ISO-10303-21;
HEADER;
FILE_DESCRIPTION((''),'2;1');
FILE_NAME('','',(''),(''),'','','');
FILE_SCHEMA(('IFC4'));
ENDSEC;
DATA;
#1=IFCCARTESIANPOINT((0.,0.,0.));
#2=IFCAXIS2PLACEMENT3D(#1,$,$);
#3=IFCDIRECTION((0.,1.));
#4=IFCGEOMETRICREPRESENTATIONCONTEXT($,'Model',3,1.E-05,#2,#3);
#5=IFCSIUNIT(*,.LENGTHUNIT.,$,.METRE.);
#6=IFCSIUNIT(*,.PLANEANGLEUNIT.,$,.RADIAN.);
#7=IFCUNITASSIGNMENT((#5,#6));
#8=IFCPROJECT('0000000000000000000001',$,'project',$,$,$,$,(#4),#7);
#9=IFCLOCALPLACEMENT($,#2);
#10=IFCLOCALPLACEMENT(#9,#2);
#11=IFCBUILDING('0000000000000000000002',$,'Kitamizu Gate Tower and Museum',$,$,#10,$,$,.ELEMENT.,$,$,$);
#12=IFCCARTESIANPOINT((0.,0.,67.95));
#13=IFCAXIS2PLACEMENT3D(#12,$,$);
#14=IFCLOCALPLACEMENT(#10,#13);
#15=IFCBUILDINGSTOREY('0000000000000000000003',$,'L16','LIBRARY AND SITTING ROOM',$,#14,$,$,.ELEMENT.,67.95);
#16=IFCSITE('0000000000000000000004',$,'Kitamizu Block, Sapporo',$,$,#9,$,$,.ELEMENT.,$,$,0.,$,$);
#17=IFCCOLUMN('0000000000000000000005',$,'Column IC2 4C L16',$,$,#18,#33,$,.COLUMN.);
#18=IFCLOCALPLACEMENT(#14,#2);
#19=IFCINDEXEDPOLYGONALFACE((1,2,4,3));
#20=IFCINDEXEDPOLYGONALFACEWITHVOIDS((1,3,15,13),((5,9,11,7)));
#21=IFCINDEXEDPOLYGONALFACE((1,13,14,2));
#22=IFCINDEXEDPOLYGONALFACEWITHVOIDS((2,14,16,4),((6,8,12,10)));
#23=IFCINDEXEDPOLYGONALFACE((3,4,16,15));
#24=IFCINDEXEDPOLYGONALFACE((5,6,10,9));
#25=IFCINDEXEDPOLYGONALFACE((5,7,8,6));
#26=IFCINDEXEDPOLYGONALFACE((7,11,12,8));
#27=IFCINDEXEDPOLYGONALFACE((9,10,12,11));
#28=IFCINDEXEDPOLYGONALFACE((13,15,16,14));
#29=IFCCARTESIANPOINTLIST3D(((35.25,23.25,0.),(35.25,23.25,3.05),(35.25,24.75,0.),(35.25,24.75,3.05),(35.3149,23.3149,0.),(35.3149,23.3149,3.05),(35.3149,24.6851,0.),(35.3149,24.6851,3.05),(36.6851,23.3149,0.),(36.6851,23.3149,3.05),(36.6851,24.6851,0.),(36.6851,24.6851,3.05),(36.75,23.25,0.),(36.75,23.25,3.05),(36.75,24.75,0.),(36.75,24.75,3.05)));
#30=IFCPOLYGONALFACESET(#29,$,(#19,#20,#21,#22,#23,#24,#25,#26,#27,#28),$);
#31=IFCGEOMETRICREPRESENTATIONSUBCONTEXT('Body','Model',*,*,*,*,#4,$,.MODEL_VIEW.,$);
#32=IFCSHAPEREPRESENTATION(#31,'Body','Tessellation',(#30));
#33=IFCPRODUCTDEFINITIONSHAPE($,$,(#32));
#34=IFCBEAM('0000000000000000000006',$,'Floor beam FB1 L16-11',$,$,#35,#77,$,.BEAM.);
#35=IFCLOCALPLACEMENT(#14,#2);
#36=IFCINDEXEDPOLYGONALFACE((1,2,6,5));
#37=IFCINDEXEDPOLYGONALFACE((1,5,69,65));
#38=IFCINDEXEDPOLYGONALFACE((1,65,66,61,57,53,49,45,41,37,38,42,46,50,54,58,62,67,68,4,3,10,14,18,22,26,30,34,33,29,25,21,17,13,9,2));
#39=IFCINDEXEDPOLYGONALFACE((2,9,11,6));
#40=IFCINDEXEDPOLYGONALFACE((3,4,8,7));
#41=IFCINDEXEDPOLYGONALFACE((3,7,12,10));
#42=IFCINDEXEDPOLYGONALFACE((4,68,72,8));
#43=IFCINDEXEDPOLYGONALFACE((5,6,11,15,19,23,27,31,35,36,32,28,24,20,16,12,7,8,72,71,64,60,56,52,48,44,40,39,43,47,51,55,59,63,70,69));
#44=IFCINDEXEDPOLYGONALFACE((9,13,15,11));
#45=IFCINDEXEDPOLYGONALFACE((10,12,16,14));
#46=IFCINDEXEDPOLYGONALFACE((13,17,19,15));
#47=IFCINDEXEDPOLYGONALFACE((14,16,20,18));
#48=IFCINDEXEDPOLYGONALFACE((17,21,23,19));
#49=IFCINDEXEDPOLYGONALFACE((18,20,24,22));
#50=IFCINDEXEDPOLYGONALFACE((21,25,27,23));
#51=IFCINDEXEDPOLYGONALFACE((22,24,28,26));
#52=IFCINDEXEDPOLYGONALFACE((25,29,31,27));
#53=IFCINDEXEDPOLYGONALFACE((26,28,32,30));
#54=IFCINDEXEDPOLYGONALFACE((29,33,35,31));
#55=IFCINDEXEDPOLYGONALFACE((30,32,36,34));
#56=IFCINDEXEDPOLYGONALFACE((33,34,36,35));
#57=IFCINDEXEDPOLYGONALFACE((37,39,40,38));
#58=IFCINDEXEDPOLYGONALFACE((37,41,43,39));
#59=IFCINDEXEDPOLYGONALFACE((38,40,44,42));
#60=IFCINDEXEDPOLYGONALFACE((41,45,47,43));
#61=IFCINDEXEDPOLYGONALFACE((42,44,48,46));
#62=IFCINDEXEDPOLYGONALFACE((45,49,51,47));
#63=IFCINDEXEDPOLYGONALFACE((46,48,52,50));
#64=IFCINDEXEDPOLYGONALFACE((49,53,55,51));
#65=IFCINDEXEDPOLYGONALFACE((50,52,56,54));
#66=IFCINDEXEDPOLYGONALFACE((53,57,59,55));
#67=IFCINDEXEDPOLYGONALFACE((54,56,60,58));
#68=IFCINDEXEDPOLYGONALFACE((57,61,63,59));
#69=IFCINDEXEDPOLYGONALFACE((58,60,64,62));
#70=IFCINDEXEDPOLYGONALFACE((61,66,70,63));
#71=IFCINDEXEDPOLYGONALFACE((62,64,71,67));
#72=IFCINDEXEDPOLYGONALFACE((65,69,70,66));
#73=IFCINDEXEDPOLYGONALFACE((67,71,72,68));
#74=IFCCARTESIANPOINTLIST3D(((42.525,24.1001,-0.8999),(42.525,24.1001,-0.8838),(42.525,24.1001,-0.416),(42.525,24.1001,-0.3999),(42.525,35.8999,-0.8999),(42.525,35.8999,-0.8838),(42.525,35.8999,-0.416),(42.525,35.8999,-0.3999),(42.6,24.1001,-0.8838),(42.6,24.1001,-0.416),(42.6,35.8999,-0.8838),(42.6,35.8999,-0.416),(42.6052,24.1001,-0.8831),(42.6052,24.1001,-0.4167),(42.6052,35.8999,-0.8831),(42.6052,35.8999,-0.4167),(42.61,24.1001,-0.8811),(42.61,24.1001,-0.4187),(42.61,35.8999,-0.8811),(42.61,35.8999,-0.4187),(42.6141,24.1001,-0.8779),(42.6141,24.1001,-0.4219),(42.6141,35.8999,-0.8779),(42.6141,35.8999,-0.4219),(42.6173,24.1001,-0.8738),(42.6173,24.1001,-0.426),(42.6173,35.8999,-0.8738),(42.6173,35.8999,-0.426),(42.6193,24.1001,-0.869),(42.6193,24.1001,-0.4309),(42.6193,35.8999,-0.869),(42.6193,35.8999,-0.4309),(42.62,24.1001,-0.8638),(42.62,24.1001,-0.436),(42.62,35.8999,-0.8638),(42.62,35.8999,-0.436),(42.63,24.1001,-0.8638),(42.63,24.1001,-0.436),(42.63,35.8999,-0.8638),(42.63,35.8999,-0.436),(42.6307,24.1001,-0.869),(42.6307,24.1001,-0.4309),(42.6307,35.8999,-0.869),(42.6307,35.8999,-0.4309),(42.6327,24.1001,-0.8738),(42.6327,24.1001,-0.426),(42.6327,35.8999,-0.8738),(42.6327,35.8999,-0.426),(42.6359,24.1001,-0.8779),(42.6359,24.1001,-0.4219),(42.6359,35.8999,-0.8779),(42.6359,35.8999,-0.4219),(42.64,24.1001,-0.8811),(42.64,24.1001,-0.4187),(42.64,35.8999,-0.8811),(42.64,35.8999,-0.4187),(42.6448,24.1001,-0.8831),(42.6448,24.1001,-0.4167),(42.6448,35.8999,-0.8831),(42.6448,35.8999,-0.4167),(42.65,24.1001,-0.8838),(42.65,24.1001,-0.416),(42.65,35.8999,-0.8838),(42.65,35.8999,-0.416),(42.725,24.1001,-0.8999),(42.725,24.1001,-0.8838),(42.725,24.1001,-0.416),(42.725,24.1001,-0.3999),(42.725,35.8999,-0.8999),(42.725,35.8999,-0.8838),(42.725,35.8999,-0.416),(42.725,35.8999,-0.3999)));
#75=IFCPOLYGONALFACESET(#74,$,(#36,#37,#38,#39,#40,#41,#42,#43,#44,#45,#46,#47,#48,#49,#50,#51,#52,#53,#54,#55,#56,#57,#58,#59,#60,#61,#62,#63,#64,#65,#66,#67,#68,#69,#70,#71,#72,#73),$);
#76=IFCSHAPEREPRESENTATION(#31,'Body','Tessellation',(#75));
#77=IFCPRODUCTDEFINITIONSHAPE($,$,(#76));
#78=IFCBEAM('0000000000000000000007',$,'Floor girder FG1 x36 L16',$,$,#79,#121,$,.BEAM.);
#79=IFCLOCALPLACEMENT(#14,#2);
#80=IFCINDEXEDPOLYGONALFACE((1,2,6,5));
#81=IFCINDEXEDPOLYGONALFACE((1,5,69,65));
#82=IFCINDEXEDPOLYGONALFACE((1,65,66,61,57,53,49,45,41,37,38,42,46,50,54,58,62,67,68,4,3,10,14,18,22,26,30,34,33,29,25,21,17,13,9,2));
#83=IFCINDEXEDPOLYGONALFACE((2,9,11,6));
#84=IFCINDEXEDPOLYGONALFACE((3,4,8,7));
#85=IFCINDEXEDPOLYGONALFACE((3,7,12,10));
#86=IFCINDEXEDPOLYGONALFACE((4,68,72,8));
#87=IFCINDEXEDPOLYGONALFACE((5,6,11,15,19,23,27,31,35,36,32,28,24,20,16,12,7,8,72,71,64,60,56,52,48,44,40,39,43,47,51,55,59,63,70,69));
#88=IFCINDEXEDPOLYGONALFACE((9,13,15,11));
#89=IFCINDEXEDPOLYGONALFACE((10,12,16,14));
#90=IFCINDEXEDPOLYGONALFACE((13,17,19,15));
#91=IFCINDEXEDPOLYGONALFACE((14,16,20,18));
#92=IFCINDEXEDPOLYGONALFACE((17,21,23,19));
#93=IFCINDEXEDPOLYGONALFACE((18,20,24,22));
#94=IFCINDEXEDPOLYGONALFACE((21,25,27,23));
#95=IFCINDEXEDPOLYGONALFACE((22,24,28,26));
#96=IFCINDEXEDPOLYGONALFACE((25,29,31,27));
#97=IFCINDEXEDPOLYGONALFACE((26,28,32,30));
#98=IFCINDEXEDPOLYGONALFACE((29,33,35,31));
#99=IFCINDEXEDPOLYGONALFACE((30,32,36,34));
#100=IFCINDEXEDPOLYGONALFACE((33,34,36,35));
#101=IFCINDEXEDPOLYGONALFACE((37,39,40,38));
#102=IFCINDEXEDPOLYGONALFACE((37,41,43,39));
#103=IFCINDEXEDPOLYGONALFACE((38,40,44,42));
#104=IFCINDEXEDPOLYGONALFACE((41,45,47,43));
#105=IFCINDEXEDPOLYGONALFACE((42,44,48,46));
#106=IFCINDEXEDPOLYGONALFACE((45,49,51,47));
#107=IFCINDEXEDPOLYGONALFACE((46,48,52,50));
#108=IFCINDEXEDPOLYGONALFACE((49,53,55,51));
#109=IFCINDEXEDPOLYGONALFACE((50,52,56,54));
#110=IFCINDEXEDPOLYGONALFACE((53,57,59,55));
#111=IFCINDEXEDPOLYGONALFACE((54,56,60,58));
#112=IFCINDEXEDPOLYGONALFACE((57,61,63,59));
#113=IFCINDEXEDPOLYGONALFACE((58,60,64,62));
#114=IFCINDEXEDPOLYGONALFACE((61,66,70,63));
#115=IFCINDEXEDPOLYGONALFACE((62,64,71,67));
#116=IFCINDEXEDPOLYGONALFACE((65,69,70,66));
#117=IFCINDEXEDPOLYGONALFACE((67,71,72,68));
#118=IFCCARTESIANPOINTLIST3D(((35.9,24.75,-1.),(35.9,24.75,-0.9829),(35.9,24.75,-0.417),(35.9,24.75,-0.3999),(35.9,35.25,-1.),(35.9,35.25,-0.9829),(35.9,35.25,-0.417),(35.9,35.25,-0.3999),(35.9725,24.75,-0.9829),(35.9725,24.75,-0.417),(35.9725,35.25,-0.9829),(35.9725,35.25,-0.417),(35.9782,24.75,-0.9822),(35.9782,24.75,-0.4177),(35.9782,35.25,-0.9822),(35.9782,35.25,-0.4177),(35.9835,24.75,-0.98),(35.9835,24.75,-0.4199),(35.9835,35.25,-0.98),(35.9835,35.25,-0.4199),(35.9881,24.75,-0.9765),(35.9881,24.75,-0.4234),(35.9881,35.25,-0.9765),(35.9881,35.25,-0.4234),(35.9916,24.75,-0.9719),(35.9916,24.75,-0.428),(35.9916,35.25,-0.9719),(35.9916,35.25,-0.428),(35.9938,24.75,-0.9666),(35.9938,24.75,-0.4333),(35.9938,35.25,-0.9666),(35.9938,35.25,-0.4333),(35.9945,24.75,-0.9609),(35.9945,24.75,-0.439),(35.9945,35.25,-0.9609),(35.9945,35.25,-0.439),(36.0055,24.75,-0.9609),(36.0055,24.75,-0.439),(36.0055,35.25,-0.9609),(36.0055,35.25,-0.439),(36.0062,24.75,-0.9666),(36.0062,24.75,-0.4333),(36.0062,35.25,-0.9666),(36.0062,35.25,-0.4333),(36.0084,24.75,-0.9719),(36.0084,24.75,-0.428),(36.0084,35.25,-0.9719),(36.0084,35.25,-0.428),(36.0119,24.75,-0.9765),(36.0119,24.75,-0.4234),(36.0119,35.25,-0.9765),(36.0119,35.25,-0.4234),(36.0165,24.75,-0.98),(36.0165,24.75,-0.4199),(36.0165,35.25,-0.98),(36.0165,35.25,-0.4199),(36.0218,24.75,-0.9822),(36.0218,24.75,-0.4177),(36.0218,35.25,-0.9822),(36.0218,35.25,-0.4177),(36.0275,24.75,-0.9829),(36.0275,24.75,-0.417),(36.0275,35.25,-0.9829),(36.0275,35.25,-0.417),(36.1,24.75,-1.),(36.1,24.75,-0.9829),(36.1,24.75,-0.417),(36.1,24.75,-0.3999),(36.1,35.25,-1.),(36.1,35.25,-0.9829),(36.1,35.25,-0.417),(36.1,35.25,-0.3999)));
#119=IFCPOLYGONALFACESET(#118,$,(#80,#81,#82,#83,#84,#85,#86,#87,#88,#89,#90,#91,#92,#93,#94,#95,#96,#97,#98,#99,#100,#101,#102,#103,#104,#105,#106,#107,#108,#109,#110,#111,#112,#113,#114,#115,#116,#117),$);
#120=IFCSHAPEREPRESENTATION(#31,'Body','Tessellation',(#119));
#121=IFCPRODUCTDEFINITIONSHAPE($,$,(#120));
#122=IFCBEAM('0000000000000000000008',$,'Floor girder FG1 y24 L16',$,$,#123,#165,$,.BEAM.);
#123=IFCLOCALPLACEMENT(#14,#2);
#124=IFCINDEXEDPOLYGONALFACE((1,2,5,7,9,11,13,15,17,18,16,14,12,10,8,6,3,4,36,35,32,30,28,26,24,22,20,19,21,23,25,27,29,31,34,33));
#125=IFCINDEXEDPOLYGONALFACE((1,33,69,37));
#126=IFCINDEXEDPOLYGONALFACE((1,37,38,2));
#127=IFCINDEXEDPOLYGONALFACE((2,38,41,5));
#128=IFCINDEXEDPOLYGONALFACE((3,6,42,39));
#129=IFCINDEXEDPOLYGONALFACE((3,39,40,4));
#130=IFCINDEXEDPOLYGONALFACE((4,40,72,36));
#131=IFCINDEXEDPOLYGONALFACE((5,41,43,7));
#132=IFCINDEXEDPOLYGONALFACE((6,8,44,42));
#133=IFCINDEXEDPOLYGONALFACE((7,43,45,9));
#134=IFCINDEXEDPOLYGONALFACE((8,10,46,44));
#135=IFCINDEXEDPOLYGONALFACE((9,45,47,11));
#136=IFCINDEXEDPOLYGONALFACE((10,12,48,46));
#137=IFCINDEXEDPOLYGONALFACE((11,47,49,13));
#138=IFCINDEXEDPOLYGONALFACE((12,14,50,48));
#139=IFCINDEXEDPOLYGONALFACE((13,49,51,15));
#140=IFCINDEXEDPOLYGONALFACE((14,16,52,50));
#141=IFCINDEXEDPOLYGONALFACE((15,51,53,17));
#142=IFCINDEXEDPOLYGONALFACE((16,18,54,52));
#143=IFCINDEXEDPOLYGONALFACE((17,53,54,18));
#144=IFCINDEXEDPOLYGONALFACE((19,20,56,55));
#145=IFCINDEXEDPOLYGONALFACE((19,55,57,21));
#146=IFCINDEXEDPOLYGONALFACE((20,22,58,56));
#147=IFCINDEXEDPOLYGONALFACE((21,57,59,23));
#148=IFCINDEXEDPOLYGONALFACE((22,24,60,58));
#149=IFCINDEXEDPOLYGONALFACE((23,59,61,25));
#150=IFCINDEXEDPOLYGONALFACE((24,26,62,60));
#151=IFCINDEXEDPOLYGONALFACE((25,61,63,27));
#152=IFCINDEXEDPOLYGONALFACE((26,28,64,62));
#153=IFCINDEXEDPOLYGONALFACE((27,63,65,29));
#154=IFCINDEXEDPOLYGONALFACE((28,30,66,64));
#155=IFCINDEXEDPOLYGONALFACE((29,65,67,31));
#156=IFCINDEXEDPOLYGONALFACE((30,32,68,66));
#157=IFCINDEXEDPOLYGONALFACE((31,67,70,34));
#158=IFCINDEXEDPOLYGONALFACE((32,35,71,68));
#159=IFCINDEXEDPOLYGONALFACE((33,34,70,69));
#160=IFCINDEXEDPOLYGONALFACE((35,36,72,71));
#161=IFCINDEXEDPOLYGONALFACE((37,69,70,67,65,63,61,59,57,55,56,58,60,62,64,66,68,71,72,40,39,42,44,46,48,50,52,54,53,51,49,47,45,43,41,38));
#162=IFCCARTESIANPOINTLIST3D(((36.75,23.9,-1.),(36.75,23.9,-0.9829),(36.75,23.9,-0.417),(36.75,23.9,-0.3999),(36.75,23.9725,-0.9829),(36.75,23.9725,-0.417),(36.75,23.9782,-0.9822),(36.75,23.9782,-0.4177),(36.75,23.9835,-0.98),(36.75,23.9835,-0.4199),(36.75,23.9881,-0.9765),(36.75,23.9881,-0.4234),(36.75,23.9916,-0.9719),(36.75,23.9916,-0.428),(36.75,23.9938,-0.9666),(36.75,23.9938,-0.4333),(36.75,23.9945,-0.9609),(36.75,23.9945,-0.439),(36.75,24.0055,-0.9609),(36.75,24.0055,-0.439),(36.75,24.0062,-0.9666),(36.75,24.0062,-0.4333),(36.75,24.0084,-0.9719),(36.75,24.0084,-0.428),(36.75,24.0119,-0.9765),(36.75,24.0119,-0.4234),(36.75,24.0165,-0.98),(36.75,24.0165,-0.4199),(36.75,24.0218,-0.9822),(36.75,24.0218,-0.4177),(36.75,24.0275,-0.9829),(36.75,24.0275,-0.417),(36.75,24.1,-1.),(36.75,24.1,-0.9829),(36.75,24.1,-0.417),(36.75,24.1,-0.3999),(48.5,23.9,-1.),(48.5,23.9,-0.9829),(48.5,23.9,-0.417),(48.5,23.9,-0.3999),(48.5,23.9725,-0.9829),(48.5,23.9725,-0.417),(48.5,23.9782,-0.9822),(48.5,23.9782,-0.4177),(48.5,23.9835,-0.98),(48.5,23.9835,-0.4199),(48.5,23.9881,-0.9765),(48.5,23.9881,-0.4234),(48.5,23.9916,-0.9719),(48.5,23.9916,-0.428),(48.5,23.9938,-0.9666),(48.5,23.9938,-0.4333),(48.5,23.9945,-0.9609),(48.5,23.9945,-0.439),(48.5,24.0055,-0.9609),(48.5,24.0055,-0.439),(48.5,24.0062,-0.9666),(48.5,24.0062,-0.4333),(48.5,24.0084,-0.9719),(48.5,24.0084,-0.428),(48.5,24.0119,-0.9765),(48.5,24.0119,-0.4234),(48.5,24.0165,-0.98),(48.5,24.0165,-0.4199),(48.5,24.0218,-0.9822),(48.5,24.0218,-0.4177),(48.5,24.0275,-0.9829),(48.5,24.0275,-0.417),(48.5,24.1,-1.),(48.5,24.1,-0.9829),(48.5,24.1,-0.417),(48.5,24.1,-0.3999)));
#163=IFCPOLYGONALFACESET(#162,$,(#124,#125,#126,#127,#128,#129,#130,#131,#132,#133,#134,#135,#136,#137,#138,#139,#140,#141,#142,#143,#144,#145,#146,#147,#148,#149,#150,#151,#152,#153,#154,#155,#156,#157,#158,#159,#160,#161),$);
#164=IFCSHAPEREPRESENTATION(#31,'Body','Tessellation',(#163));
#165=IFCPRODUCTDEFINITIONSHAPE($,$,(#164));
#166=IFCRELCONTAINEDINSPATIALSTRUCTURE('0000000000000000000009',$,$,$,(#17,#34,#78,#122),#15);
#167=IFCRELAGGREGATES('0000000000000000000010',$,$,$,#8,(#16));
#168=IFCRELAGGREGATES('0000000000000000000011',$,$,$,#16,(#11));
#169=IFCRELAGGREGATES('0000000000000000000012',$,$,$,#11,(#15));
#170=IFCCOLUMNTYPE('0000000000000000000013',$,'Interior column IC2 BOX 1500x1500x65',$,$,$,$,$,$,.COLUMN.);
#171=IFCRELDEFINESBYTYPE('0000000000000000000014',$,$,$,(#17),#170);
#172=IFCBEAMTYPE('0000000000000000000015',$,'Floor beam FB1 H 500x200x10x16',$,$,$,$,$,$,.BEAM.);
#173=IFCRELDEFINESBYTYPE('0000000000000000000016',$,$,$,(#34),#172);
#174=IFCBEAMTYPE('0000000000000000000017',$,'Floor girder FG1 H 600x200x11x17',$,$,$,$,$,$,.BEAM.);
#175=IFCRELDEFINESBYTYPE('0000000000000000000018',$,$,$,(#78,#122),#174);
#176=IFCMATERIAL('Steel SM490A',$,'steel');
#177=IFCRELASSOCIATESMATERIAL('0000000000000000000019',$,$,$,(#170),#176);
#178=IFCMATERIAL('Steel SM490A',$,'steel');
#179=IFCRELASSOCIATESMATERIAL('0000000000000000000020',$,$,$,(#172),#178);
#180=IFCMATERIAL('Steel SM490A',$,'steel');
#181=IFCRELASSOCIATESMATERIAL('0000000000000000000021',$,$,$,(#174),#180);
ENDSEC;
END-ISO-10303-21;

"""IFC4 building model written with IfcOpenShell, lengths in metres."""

from ifc_helpers import new_model, si_unit, direction, frame, origin, origin_2d, place, context, subcontext, project, spatial, hollow_rectangle, i_section, extrude, material, material_profile, profile_set, type_object, element, save


model = new_model("IFC4")

# Units and contexts
model_context = context("Model", 3, precision=1e-05, world=origin(), true_north=direction((0.0, 1.0)))
body_context = subcontext(model_context, "Body", "Model", "MODEL_VIEW")
ifc_project = project(units=[si_unit("LENGTHUNIT", "METRE"), si_unit("PLANEANGLEUNIT", "RADIAN")], contexts=[model_context])

# Site, building, storey
site_placement = place(None, origin())
site = spatial("IfcSite", under=ifc_project, at=site_placement, Name="Kitamizu Block, Sapporo", CompositionType="ELEMENT", RefElevation=0.0)
building_placement = place(site_placement, origin())
building = spatial("IfcBuilding", under=site, at=building_placement, Name="Kitamizu Gate Tower and Museum", CompositionType="ELEMENT")
storey_placement = place(building_placement, frame((0.0, 0.0, 67.95)))
storey = spatial("IfcBuildingStorey", under=building, at=storey_placement, Name="L16", Description="LIBRARY AND SITTING ROOM", CompositionType="ELEMENT", Elevation=67.95)

# Column
ifc_material_1 = material(Name="Steel SM490A", Category="steel")
ifc_material_profile_1 = material_profile(ifc_material_1, hollow_rectangle(XDim=1.5, YDim=1.5, WallThickness=0.0649, at=origin_2d()), Name="BOX 1500x1500x65")
ifc_profile_set_1 = profile_set([ifc_material_profile_1], Name="Steel SM490A")
column_type = type_object("IfcColumnType", Name="Interior column IC2 BOX 1500x1500x65", PredefinedType="COLUMN", material=ifc_profile_set_1)
column_placement = place(storey_placement, frame((36.0, 24.0, 0.0), z_axis=(0.0, 0.0, 1.0), x_axis=(1.0, 0.0, 0.0)))
element("IfcColumn", 1, at=column_placement, inside=storey, type_object=column_type, Name="Column IC2 4C L16", PredefinedType="COLUMN", context=body_context, shape_type="SweptSolid", body=[
    extrude(hollow_rectangle(XDim=1.5, YDim=1.5, WallThickness=0.0649, at=origin_2d()), origin(), (0.0, 0.0, 1.0), 3.05),
])

# Beams
ifc_material_2 = material(Name="Steel SM490A", Category="steel")
ifc_material_profile_2 = material_profile(ifc_material_2, i_section(OverallWidth=0.2, OverallDepth=0.5, WebThickness=0.01, FlangeThickness=0.0161, FilletRadius=0.02, at=origin_2d()), Name="H-500x200x10x16")
ifc_profile_set_2 = profile_set([ifc_material_profile_2], Name="Steel SM490A")
beam_type_1 = type_object("IfcBeamType", Name="Floor beam FB1 H 500x200x10x16", PredefinedType="BEAM", material=ifc_profile_set_2)
beam_1_placement = place(storey_placement, frame((42.625, 24.1001, -0.6499), z_axis=(0.0, 1.0, 0.0), x_axis=(-1.0, 0.0, 0.0)))
element("IfcBeam", 2, at=beam_1_placement, inside=storey, type_object=beam_type_1, Name="Floor beam FB1 L16-11", PredefinedType="BEAM", context=body_context, shape_type="SweptSolid", body=[
    extrude(i_section(OverallWidth=0.2, OverallDepth=0.5, WebThickness=0.01, FlangeThickness=0.0161, FilletRadius=0.02, at=origin_2d()), origin(), (0.0, 0.0, 1.0), 11.7998),
])
ifc_material_3 = material(Name="Steel SM490A", Category="steel")
ifc_material_profile_3 = material_profile(ifc_material_3, i_section(OverallWidth=0.2, OverallDepth=0.6001, WebThickness=0.011, FlangeThickness=0.0171, FilletRadius=0.022, at=origin_2d()), Name="H-600x200x11x17")
ifc_profile_set_3 = profile_set([ifc_material_profile_3], Name="Steel SM490A")
beam_type_2 = type_object("IfcBeamType", Name="Floor girder FG1 H 600x200x11x17", PredefinedType="BEAM", material=ifc_profile_set_3)
beam_2_placement = place(storey_placement, frame((36.0, 24.75, -0.7), z_axis=(0.0, 1.0, 0.0), x_axis=(-1.0, 0.0, 0.0)))
element("IfcBeam", 3, at=beam_2_placement, inside=storey, type_object=beam_type_2, Name="Floor girder FG1 x36 L16", PredefinedType="BEAM", context=body_context, shape_type="SweptSolid", body=[
    extrude(i_section(OverallWidth=0.2, OverallDepth=0.6001, WebThickness=0.011, FlangeThickness=0.0171, FilletRadius=0.022, at=origin_2d()), origin(), (0.0, 0.0, 1.0), 10.5),
])
beam_3_placement = place(storey_placement, frame((36.75, 24.0, -0.7), z_axis=(1.0, 0.0, 0.0), x_axis=(0.0, 1.0, 0.0)))
element("IfcBeam", 4, at=beam_3_placement, inside=storey, type_object=beam_type_2, Name="Floor girder FG1 y24 L16", PredefinedType="BEAM", context=body_context, shape_type="SweptSolid", body=[
    extrude(i_section(OverallWidth=0.2, OverallDepth=0.6001, WebThickness=0.011, FlangeThickness=0.0171, FilletRadius=0.022, at=origin_2d()), origin(), (0.0, 0.0, 1.0), 11.75),
])

save(model, "model.ifc")
